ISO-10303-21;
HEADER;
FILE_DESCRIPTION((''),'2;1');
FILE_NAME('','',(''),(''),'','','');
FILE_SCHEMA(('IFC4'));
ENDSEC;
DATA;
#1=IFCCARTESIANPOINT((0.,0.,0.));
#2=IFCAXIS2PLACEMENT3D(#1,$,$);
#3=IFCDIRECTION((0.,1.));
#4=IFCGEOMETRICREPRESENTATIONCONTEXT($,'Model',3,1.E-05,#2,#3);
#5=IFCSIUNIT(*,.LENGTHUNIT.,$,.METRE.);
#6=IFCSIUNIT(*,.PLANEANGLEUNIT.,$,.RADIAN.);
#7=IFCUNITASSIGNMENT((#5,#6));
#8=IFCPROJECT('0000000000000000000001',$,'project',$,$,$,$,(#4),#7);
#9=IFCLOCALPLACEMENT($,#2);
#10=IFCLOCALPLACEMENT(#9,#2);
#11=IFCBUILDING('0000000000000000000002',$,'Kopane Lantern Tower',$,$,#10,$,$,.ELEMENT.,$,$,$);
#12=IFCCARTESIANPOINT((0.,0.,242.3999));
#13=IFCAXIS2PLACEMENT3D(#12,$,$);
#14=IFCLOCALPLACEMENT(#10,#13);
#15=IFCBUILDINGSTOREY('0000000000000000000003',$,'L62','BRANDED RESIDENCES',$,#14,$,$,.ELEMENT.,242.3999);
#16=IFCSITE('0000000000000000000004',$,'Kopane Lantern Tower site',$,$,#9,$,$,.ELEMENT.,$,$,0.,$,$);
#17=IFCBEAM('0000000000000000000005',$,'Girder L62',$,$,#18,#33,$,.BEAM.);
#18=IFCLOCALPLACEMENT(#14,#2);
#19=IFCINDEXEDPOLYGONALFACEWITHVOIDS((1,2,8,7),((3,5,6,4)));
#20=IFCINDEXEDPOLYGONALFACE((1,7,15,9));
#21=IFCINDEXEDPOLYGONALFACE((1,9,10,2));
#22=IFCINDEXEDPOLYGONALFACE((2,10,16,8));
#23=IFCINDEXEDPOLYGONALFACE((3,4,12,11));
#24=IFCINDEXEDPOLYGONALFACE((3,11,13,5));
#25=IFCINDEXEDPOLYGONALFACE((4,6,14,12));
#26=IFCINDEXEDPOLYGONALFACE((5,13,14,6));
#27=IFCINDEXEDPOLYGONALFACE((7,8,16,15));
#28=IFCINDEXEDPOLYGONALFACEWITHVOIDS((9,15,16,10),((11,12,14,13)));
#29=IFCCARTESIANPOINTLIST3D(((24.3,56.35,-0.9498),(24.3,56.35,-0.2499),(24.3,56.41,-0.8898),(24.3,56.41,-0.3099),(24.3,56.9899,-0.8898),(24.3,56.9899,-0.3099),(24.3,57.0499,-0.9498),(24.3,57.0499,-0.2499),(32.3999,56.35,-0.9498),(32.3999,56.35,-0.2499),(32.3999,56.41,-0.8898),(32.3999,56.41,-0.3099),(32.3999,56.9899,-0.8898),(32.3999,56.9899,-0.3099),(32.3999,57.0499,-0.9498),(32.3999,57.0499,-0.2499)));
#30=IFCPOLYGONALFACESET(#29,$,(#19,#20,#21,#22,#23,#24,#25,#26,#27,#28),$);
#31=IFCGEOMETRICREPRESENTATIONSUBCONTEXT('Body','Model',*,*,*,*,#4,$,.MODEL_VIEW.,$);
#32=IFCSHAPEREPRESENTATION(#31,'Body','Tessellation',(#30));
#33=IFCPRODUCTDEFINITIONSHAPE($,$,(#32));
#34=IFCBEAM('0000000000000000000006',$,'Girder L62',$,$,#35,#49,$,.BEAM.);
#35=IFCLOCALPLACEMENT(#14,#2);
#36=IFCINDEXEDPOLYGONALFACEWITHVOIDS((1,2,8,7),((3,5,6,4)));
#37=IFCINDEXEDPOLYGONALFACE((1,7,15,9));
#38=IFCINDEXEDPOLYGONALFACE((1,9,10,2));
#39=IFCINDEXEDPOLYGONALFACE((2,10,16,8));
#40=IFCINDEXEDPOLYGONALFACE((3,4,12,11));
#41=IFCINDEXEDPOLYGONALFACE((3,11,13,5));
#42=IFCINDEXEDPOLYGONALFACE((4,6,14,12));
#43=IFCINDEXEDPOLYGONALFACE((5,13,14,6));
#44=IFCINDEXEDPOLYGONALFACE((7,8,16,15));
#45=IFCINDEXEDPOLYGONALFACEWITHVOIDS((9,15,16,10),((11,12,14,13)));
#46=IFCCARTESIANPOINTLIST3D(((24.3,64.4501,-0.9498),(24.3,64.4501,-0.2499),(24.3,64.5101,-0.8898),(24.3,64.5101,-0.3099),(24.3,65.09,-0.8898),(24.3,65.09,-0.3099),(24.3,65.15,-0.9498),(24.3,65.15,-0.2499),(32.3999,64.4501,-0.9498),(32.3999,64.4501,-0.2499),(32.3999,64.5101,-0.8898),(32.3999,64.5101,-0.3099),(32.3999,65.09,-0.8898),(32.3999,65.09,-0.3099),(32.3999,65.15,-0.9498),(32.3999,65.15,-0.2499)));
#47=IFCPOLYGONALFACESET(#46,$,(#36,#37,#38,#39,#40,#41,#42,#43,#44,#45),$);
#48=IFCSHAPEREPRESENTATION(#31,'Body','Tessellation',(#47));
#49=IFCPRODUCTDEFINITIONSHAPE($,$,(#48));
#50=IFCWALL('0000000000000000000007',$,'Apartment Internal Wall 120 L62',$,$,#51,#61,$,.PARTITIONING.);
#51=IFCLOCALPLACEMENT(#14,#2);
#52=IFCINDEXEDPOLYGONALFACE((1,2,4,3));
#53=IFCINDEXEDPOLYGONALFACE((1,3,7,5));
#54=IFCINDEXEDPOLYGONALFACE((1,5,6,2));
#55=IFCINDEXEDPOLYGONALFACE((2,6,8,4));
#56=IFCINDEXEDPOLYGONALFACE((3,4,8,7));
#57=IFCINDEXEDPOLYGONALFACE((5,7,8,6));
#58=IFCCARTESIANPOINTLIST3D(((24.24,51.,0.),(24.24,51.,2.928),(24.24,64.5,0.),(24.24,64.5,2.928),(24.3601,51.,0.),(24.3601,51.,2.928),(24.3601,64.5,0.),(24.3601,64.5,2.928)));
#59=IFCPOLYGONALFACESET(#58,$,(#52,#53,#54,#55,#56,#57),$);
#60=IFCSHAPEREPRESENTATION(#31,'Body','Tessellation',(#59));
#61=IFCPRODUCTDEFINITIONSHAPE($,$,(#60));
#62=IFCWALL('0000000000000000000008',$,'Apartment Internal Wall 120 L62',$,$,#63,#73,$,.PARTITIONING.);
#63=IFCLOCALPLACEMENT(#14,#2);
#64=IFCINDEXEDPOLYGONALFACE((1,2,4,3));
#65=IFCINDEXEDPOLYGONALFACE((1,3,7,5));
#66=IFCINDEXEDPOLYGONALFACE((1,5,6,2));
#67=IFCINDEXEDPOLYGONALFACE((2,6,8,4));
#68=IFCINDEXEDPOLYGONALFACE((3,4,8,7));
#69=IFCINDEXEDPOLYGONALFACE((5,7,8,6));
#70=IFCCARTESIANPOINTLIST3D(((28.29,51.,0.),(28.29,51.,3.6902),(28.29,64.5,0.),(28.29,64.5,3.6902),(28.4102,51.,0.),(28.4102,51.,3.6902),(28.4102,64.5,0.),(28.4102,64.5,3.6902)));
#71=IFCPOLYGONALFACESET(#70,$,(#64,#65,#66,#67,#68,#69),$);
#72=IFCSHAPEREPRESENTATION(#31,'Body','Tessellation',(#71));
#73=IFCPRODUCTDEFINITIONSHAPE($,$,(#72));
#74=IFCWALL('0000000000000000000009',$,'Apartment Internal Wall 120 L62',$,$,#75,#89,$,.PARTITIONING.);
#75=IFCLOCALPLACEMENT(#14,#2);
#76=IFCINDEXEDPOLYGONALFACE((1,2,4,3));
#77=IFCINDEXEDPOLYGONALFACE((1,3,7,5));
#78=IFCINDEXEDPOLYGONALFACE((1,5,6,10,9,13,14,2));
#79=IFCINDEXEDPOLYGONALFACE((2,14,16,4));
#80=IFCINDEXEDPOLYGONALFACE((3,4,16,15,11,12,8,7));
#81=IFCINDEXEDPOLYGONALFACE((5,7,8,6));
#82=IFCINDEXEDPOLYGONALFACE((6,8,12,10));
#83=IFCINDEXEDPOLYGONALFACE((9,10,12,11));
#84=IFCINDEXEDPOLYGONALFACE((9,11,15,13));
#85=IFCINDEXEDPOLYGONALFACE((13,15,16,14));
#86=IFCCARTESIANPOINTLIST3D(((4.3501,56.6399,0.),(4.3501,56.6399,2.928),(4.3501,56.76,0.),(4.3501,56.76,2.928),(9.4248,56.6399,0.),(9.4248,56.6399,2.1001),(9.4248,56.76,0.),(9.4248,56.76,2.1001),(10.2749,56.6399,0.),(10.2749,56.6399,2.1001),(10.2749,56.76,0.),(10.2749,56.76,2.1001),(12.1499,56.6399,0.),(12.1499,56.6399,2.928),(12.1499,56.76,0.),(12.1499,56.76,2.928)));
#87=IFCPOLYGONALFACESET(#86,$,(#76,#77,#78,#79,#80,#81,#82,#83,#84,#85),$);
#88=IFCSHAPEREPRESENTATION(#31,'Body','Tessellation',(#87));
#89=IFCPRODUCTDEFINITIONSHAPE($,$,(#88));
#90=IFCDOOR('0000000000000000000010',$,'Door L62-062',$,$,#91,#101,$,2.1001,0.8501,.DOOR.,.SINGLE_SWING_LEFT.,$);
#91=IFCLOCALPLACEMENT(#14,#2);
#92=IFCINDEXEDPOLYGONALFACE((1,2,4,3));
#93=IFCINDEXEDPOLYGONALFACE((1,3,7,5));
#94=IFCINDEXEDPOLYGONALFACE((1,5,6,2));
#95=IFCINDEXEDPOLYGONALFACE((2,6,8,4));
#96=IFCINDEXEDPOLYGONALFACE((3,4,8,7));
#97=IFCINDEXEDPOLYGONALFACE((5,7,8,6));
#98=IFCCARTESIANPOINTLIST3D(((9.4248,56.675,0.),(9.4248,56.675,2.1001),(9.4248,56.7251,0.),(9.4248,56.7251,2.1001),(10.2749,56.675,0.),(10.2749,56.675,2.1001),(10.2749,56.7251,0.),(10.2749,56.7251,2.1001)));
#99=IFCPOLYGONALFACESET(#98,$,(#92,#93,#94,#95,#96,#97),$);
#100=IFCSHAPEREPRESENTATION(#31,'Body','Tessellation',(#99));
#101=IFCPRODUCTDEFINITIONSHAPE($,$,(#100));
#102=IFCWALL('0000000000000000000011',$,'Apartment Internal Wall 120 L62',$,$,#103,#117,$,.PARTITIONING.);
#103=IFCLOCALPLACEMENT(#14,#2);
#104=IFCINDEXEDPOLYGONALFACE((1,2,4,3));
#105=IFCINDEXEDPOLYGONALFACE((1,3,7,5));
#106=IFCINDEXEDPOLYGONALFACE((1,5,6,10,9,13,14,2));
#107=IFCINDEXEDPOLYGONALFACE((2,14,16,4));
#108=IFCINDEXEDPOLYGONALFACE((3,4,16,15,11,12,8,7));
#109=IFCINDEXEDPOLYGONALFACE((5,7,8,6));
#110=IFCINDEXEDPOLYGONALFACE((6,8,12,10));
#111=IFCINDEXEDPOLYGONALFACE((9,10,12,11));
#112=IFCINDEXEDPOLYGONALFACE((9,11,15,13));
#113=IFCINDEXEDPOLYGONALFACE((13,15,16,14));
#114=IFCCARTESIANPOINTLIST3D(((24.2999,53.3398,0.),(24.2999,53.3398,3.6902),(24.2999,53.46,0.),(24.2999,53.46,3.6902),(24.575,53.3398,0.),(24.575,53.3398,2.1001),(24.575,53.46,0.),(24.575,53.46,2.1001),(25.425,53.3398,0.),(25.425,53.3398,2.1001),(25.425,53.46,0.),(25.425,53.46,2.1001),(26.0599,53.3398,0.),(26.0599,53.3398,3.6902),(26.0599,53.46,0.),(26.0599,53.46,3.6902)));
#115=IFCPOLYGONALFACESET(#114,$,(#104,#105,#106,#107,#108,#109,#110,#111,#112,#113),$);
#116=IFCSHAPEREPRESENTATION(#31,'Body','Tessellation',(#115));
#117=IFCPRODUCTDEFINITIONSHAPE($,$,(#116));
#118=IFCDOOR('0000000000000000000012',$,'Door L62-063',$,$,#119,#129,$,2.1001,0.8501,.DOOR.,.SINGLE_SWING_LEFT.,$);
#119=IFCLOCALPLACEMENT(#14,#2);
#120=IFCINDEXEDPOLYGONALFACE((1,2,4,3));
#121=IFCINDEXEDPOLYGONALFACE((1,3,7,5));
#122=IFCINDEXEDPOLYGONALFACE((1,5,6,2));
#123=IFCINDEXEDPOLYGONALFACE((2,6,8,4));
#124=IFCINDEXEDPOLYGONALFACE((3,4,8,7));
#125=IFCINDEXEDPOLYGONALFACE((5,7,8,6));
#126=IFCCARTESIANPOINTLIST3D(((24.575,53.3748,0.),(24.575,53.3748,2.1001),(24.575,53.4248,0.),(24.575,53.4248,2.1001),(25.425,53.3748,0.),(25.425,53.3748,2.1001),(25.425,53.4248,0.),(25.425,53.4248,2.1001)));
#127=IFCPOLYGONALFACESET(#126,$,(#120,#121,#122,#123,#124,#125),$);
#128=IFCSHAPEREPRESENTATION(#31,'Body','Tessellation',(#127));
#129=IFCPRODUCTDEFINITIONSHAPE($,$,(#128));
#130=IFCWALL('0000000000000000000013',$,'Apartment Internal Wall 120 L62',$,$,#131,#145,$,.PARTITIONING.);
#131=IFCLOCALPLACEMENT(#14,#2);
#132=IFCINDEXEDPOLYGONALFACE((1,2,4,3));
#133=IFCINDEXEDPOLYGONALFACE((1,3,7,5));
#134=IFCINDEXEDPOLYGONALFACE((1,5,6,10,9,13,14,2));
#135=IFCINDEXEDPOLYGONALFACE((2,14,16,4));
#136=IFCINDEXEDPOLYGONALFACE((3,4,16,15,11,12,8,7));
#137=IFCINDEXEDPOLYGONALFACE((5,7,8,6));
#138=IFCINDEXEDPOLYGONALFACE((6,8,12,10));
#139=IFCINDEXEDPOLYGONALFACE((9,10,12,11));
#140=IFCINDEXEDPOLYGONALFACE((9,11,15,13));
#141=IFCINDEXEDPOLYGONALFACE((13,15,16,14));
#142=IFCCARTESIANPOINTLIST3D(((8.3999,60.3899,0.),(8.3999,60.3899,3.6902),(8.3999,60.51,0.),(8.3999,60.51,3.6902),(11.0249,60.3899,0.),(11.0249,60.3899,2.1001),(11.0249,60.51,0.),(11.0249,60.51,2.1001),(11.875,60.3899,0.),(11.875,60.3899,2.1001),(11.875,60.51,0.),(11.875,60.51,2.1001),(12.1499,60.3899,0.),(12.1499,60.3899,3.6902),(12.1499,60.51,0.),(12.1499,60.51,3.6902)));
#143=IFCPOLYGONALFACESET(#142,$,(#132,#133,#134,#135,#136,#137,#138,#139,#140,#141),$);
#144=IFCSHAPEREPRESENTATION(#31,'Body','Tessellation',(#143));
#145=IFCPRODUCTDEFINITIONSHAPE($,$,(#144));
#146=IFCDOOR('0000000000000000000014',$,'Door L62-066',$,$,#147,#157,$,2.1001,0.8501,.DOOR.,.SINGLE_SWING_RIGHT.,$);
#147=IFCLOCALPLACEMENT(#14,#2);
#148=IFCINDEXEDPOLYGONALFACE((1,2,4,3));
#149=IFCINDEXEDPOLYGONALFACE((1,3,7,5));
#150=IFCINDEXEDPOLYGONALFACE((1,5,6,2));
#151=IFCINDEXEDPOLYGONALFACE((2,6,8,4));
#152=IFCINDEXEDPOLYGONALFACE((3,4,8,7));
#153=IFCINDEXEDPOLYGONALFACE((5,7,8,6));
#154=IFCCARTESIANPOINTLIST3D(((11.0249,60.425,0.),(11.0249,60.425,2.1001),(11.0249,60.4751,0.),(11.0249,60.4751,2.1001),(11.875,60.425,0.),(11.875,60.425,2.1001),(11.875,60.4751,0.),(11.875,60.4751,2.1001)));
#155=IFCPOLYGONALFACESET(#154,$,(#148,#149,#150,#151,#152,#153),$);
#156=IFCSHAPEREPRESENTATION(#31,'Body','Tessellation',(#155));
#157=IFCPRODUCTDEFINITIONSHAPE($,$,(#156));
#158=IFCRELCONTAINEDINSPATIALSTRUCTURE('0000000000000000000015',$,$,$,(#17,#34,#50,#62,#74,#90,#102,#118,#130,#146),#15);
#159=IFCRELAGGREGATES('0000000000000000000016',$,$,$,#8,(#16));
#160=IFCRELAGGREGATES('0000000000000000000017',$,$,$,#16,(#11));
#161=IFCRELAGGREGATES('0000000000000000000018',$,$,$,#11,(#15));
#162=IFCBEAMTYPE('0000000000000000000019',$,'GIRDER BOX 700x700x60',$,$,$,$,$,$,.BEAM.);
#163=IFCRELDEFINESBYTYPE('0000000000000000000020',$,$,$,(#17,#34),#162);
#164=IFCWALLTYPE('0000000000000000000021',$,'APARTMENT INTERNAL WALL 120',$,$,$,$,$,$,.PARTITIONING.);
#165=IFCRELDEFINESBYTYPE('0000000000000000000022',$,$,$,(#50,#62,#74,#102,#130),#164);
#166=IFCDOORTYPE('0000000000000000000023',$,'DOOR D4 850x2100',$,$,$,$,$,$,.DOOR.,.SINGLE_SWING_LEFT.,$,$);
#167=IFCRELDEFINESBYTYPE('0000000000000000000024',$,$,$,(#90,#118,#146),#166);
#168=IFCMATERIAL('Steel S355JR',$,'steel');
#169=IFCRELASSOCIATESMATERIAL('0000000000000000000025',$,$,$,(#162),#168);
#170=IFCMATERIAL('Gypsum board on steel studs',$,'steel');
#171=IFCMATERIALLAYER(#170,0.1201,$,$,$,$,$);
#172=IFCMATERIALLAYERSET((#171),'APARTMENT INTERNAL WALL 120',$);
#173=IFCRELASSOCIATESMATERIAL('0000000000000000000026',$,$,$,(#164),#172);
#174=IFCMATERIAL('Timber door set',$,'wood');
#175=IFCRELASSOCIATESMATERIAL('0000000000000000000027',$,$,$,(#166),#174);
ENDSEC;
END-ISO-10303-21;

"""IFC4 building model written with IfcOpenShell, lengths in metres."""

from ifc_helpers import new_model, si_unit, direction, frame, frame_2d, origin, origin_2d, place, context, subcontext, project, spatial, rectangle, hollow_rectangle, extrude, material, layer, layer_set, material_profile, profile_set, type_object, element, fill, save


model = new_model("IFC4")

# Units and contexts
model_context = context("Model", 3, precision=1e-05, world=origin(), true_north=direction((0.0, 1.0)))
body_context = subcontext(model_context, "Body", "Model", "MODEL_VIEW")
ifc_project = project(units=[si_unit("LENGTHUNIT", "METRE"), si_unit("PLANEANGLEUNIT", "RADIAN")], contexts=[model_context])

# Site, building, storey
site_placement = place(None, origin())
site = spatial("IfcSite", under=ifc_project, at=site_placement, Name="Kopane Lantern Tower site", CompositionType="ELEMENT", RefElevation=0.0)
building_placement = place(site_placement, origin())
building = spatial("IfcBuilding", under=site, at=building_placement, Name="Kopane Lantern Tower", CompositionType="ELEMENT")
storey_placement = place(building_placement, frame((0.0, 0.0, 242.3999)))
storey = spatial("IfcBuildingStorey", under=building, at=storey_placement, Name="L62", Description="BRANDED RESIDENCES", CompositionType="ELEMENT", Elevation=242.3999)

# Beams
ifc_material_1 = material(Name="Steel S355JR", Category="steel")
ifc_material_profile_1 = material_profile(ifc_material_1, hollow_rectangle(XDim=0.7, YDim=0.7, WallThickness=0.0601, at=origin_2d()), Name="BOX 700x700x60")
ifc_profile_set_1 = profile_set([ifc_material_profile_1], Name="Steel S355JR")
beam_type = type_object("IfcBeamType", Name="GIRDER BOX 700x700x60", PredefinedType="BEAM", material=ifc_profile_set_1)
for number, where, z_axis, x_axis, name in (
    (1, (24.3, 56.7, -0.5999), (1.0, 0.0, 0.0), (0.0, 1.0, 0.0), "Girder L62"),
    (2, (24.3, 64.8, -0.5999), (1.0, 0.0, 0.0), (0.0, 1.0, 0.0), "Girder L62"),
):
    element("IfcBeam", number, at=place(storey_placement, frame(where, z_axis=z_axis, x_axis=x_axis)), inside=storey, type_object=beam_type, Name=name, PredefinedType="BEAM", context=body_context, shape_type="SweptSolid", body=[
        extrude(hollow_rectangle(XDim=0.7, YDim=0.7, WallThickness=0.0601, at=origin_2d()), origin(), (0.0, 0.0, 1.0), 8.0999),
    ])

# Walls
ifc_material_2 = material(Name="Gypsum board on steel studs", Category="steel")
ifc_layer_1 = layer(ifc_material_2, 0.1201)
ifc_layer_set_1 = layer_set([ifc_layer_1], Name="APARTMENT INTERNAL WALL 120")
wall_type_1 = type_object("IfcWallType", Name="APARTMENT INTERNAL WALL 120", PredefinedType="PARTITIONING", material=ifc_layer_set_1)
wall_1_placement = place(storey_placement, frame((24.3, 51.0, 0.0), z_axis=(0.0, 0.0, 1.0), x_axis=(0.0, 1.0, 0.0)))
element("IfcWall", 3, at=wall_1_placement, inside=storey, type_object=wall_type_1, Name="Apartment Internal Wall 120 L62", PredefinedType="PARTITIONING", context=body_context, shape_type="SweptSolid", body=[
    extrude(rectangle(XDim=13.5, YDim=0.1201, at=frame_2d((6.75, 0.0))), origin(), (0.0, 0.0, 1.0), 2.928),
])
wall_2_placement = place(storey_placement, frame((28.3501, 51.0, 0.0), z_axis=(0.0, 0.0, 1.0), x_axis=(0.0, 1.0, 0.0)))
element("IfcWall", 4, at=wall_2_placement, inside=storey, type_object=wall_type_1, Name="Apartment Internal Wall 120 L62", PredefinedType="PARTITIONING", context=body_context, shape_type="SweptSolid", body=[
    extrude(rectangle(XDim=13.5, YDim=0.1201, at=frame_2d((6.75, 0.0))), origin(), (0.0, 0.0, 1.0), 3.6902),
])

# Walls, openings, doors
wall_3_placement = place(storey_placement, frame((12.1499, 56.7, 0.0), z_axis=(0.0, 0.0, 1.0), x_axis=(-1.0, 0.0, 0.0)))
wall_3 = element("IfcWall", 5, at=wall_3_placement, inside=storey, type_object=wall_type_1, Name="Apartment Internal Wall 120 L62", PredefinedType="PARTITIONING", context=body_context, shape_type="SweptSolid", body=[
    extrude(rectangle(XDim=7.7998, YDim=0.1201, at=frame_2d((3.8999, 0.0))), origin(), (0.0, 0.0, 1.0), 2.928),
])
opening_1_placement = place(wall_3_placement, frame((1.875, 0.0, 0.0)))
opening_1 = element("IfcOpeningElement", 6, at=opening_1_placement, cuts=wall_3, PredefinedType="OPENING", context=body_context, shape_type="SweptSolid", body=[
    extrude(rectangle(XDim=0.8501, YDim=2.1001, at=frame_2d((0.425, 1.05))), frame((0.0, 0.0701, 0.0), z_axis=(0.0, -1.0, 0.0), x_axis=(1.0, 0.0, 0.0)), (0.0, 0.0, 1.0), 0.1401),
])
ifc_material_3 = material(Name="Timber door set", Category="wood")
door_type_1 = type_object("IfcDoorType", Name="DOOR D4 850x2100", OperationType="SINGLE_SWING_LEFT", PredefinedType="DOOR", material=ifc_material_3)
door_1_placement = place(opening_1_placement, origin())
door_1 = element("IfcDoor", 7, at=door_1_placement, inside=storey, type_object=door_type_1, Name="Door L62-062", OperationType="SINGLE_SWING_LEFT", OverallHeight=2.1001, OverallWidth=0.8501, PredefinedType="DOOR", context=body_context, shape_type="SweptSolid", body=[
    extrude(rectangle(XDim=0.8501, YDim=2.1001, at=frame_2d((0.425, 1.05))), frame((0.0, 0.0249, 0.0), z_axis=(0.0, -1.0, 0.0), x_axis=(1.0, 0.0, 0.0)), (0.0, 0.0, 1.0), 0.05),
])
fill(opening_1, door_1)
wall_4_placement = place(storey_placement, frame((24.3, 53.3999, 0.0), z_axis=(0.0, 0.0, 1.0), x_axis=(1.0, 0.0, 0.0)))
wall_4 = element("IfcWall", 8, at=wall_4_placement, inside=storey, type_object=wall_type_1, Name="Apartment Internal Wall 120 L62", PredefinedType="PARTITIONING", context=body_context, shape_type="SweptSolid", body=[
    extrude(rectangle(XDim=1.76, YDim=0.1201, at=frame_2d((0.8799, 0.0))), origin(), (0.0, 0.0, 1.0), 3.6902),
])
opening_2_placement = place(wall_4_placement, frame((0.2749, 0.0, 0.0)))
opening_2 = element("IfcOpeningElement", 9, at=opening_2_placement, cuts=wall_4, PredefinedType="OPENING", context=body_context, shape_type="SweptSolid", body=[
    extrude(rectangle(XDim=0.8501, YDim=2.1001, at=frame_2d((0.425, 1.05))), frame((0.0, 0.0701, 0.0), z_axis=(0.0, -1.0, 0.0), x_axis=(1.0, 0.0, 0.0)), (0.0, 0.0, 1.0), 0.1401),
])
door_2_placement = place(opening_2_placement, origin())
door_2 = element("IfcDoor", 10, at=door_2_placement, inside=storey, type_object=door_type_1, Name="Door L62-063", OperationType="SINGLE_SWING_LEFT", OverallHeight=2.1001, OverallWidth=0.8501, PredefinedType="DOOR", context=body_context, shape_type="SweptSolid", body=[
    extrude(rectangle(XDim=0.8501, YDim=2.1001, at=frame_2d((0.425, 1.05))), frame((0.0, 0.0249, 0.0), z_axis=(0.0, -1.0, 0.0), x_axis=(1.0, 0.0, 0.0)), (0.0, 0.0, 1.0), 0.05),
])
fill(opening_2, door_2)
wall_5_placement = place(storey_placement, frame((12.1499, 60.45, 0.0), z_axis=(0.0, 0.0, 1.0), x_axis=(-1.0, 0.0, 0.0)))
wall_5 = element("IfcWall", 11, at=wall_5_placement, inside=storey, type_object=wall_type_1, Name="Apartment Internal Wall 120 L62", PredefinedType="PARTITIONING", context=body_context, shape_type="SweptSolid", body=[
    extrude(rectangle(XDim=3.75, YDim=0.1201, at=frame_2d((1.875, 0.0))), origin(), (0.0, 0.0, 1.0), 3.6902),
])
opening_3_placement = place(wall_5_placement, frame((0.2749, 0.0, 0.0)))
opening_3 = element("IfcOpeningElement", 12, at=opening_3_placement, cuts=wall_5, PredefinedType="OPENING", context=body_context, shape_type="SweptSolid", body=[
    extrude(rectangle(XDim=0.8501, YDim=2.1001, at=frame_2d((0.425, 1.05))), frame((0.0, 0.0701, 0.0), z_axis=(0.0, -1.0, 0.0), x_axis=(1.0, 0.0, 0.0)), (0.0, 0.0, 1.0), 0.1401),
])
door_3_placement = place(opening_3_placement, origin())
door_3 = element("IfcDoor", 13, at=door_3_placement, inside=storey, type_object=door_type_1, Name="Door L62-066", OperationType="SINGLE_SWING_RIGHT", OverallHeight=2.1001, OverallWidth=0.8501, PredefinedType="DOOR", context=body_context, shape_type="SweptSolid", body=[
    extrude(rectangle(XDim=0.8501, YDim=2.1001, at=frame_2d((0.425, 1.05))), frame((0.0, 0.0249, 0.0), z_axis=(0.0, -1.0, 0.0), x_axis=(1.0, 0.0, 0.0)), (0.0, 0.0, 1.0), 0.05),
])
fill(opening_3, door_3)

save(model, "model.ifc")
